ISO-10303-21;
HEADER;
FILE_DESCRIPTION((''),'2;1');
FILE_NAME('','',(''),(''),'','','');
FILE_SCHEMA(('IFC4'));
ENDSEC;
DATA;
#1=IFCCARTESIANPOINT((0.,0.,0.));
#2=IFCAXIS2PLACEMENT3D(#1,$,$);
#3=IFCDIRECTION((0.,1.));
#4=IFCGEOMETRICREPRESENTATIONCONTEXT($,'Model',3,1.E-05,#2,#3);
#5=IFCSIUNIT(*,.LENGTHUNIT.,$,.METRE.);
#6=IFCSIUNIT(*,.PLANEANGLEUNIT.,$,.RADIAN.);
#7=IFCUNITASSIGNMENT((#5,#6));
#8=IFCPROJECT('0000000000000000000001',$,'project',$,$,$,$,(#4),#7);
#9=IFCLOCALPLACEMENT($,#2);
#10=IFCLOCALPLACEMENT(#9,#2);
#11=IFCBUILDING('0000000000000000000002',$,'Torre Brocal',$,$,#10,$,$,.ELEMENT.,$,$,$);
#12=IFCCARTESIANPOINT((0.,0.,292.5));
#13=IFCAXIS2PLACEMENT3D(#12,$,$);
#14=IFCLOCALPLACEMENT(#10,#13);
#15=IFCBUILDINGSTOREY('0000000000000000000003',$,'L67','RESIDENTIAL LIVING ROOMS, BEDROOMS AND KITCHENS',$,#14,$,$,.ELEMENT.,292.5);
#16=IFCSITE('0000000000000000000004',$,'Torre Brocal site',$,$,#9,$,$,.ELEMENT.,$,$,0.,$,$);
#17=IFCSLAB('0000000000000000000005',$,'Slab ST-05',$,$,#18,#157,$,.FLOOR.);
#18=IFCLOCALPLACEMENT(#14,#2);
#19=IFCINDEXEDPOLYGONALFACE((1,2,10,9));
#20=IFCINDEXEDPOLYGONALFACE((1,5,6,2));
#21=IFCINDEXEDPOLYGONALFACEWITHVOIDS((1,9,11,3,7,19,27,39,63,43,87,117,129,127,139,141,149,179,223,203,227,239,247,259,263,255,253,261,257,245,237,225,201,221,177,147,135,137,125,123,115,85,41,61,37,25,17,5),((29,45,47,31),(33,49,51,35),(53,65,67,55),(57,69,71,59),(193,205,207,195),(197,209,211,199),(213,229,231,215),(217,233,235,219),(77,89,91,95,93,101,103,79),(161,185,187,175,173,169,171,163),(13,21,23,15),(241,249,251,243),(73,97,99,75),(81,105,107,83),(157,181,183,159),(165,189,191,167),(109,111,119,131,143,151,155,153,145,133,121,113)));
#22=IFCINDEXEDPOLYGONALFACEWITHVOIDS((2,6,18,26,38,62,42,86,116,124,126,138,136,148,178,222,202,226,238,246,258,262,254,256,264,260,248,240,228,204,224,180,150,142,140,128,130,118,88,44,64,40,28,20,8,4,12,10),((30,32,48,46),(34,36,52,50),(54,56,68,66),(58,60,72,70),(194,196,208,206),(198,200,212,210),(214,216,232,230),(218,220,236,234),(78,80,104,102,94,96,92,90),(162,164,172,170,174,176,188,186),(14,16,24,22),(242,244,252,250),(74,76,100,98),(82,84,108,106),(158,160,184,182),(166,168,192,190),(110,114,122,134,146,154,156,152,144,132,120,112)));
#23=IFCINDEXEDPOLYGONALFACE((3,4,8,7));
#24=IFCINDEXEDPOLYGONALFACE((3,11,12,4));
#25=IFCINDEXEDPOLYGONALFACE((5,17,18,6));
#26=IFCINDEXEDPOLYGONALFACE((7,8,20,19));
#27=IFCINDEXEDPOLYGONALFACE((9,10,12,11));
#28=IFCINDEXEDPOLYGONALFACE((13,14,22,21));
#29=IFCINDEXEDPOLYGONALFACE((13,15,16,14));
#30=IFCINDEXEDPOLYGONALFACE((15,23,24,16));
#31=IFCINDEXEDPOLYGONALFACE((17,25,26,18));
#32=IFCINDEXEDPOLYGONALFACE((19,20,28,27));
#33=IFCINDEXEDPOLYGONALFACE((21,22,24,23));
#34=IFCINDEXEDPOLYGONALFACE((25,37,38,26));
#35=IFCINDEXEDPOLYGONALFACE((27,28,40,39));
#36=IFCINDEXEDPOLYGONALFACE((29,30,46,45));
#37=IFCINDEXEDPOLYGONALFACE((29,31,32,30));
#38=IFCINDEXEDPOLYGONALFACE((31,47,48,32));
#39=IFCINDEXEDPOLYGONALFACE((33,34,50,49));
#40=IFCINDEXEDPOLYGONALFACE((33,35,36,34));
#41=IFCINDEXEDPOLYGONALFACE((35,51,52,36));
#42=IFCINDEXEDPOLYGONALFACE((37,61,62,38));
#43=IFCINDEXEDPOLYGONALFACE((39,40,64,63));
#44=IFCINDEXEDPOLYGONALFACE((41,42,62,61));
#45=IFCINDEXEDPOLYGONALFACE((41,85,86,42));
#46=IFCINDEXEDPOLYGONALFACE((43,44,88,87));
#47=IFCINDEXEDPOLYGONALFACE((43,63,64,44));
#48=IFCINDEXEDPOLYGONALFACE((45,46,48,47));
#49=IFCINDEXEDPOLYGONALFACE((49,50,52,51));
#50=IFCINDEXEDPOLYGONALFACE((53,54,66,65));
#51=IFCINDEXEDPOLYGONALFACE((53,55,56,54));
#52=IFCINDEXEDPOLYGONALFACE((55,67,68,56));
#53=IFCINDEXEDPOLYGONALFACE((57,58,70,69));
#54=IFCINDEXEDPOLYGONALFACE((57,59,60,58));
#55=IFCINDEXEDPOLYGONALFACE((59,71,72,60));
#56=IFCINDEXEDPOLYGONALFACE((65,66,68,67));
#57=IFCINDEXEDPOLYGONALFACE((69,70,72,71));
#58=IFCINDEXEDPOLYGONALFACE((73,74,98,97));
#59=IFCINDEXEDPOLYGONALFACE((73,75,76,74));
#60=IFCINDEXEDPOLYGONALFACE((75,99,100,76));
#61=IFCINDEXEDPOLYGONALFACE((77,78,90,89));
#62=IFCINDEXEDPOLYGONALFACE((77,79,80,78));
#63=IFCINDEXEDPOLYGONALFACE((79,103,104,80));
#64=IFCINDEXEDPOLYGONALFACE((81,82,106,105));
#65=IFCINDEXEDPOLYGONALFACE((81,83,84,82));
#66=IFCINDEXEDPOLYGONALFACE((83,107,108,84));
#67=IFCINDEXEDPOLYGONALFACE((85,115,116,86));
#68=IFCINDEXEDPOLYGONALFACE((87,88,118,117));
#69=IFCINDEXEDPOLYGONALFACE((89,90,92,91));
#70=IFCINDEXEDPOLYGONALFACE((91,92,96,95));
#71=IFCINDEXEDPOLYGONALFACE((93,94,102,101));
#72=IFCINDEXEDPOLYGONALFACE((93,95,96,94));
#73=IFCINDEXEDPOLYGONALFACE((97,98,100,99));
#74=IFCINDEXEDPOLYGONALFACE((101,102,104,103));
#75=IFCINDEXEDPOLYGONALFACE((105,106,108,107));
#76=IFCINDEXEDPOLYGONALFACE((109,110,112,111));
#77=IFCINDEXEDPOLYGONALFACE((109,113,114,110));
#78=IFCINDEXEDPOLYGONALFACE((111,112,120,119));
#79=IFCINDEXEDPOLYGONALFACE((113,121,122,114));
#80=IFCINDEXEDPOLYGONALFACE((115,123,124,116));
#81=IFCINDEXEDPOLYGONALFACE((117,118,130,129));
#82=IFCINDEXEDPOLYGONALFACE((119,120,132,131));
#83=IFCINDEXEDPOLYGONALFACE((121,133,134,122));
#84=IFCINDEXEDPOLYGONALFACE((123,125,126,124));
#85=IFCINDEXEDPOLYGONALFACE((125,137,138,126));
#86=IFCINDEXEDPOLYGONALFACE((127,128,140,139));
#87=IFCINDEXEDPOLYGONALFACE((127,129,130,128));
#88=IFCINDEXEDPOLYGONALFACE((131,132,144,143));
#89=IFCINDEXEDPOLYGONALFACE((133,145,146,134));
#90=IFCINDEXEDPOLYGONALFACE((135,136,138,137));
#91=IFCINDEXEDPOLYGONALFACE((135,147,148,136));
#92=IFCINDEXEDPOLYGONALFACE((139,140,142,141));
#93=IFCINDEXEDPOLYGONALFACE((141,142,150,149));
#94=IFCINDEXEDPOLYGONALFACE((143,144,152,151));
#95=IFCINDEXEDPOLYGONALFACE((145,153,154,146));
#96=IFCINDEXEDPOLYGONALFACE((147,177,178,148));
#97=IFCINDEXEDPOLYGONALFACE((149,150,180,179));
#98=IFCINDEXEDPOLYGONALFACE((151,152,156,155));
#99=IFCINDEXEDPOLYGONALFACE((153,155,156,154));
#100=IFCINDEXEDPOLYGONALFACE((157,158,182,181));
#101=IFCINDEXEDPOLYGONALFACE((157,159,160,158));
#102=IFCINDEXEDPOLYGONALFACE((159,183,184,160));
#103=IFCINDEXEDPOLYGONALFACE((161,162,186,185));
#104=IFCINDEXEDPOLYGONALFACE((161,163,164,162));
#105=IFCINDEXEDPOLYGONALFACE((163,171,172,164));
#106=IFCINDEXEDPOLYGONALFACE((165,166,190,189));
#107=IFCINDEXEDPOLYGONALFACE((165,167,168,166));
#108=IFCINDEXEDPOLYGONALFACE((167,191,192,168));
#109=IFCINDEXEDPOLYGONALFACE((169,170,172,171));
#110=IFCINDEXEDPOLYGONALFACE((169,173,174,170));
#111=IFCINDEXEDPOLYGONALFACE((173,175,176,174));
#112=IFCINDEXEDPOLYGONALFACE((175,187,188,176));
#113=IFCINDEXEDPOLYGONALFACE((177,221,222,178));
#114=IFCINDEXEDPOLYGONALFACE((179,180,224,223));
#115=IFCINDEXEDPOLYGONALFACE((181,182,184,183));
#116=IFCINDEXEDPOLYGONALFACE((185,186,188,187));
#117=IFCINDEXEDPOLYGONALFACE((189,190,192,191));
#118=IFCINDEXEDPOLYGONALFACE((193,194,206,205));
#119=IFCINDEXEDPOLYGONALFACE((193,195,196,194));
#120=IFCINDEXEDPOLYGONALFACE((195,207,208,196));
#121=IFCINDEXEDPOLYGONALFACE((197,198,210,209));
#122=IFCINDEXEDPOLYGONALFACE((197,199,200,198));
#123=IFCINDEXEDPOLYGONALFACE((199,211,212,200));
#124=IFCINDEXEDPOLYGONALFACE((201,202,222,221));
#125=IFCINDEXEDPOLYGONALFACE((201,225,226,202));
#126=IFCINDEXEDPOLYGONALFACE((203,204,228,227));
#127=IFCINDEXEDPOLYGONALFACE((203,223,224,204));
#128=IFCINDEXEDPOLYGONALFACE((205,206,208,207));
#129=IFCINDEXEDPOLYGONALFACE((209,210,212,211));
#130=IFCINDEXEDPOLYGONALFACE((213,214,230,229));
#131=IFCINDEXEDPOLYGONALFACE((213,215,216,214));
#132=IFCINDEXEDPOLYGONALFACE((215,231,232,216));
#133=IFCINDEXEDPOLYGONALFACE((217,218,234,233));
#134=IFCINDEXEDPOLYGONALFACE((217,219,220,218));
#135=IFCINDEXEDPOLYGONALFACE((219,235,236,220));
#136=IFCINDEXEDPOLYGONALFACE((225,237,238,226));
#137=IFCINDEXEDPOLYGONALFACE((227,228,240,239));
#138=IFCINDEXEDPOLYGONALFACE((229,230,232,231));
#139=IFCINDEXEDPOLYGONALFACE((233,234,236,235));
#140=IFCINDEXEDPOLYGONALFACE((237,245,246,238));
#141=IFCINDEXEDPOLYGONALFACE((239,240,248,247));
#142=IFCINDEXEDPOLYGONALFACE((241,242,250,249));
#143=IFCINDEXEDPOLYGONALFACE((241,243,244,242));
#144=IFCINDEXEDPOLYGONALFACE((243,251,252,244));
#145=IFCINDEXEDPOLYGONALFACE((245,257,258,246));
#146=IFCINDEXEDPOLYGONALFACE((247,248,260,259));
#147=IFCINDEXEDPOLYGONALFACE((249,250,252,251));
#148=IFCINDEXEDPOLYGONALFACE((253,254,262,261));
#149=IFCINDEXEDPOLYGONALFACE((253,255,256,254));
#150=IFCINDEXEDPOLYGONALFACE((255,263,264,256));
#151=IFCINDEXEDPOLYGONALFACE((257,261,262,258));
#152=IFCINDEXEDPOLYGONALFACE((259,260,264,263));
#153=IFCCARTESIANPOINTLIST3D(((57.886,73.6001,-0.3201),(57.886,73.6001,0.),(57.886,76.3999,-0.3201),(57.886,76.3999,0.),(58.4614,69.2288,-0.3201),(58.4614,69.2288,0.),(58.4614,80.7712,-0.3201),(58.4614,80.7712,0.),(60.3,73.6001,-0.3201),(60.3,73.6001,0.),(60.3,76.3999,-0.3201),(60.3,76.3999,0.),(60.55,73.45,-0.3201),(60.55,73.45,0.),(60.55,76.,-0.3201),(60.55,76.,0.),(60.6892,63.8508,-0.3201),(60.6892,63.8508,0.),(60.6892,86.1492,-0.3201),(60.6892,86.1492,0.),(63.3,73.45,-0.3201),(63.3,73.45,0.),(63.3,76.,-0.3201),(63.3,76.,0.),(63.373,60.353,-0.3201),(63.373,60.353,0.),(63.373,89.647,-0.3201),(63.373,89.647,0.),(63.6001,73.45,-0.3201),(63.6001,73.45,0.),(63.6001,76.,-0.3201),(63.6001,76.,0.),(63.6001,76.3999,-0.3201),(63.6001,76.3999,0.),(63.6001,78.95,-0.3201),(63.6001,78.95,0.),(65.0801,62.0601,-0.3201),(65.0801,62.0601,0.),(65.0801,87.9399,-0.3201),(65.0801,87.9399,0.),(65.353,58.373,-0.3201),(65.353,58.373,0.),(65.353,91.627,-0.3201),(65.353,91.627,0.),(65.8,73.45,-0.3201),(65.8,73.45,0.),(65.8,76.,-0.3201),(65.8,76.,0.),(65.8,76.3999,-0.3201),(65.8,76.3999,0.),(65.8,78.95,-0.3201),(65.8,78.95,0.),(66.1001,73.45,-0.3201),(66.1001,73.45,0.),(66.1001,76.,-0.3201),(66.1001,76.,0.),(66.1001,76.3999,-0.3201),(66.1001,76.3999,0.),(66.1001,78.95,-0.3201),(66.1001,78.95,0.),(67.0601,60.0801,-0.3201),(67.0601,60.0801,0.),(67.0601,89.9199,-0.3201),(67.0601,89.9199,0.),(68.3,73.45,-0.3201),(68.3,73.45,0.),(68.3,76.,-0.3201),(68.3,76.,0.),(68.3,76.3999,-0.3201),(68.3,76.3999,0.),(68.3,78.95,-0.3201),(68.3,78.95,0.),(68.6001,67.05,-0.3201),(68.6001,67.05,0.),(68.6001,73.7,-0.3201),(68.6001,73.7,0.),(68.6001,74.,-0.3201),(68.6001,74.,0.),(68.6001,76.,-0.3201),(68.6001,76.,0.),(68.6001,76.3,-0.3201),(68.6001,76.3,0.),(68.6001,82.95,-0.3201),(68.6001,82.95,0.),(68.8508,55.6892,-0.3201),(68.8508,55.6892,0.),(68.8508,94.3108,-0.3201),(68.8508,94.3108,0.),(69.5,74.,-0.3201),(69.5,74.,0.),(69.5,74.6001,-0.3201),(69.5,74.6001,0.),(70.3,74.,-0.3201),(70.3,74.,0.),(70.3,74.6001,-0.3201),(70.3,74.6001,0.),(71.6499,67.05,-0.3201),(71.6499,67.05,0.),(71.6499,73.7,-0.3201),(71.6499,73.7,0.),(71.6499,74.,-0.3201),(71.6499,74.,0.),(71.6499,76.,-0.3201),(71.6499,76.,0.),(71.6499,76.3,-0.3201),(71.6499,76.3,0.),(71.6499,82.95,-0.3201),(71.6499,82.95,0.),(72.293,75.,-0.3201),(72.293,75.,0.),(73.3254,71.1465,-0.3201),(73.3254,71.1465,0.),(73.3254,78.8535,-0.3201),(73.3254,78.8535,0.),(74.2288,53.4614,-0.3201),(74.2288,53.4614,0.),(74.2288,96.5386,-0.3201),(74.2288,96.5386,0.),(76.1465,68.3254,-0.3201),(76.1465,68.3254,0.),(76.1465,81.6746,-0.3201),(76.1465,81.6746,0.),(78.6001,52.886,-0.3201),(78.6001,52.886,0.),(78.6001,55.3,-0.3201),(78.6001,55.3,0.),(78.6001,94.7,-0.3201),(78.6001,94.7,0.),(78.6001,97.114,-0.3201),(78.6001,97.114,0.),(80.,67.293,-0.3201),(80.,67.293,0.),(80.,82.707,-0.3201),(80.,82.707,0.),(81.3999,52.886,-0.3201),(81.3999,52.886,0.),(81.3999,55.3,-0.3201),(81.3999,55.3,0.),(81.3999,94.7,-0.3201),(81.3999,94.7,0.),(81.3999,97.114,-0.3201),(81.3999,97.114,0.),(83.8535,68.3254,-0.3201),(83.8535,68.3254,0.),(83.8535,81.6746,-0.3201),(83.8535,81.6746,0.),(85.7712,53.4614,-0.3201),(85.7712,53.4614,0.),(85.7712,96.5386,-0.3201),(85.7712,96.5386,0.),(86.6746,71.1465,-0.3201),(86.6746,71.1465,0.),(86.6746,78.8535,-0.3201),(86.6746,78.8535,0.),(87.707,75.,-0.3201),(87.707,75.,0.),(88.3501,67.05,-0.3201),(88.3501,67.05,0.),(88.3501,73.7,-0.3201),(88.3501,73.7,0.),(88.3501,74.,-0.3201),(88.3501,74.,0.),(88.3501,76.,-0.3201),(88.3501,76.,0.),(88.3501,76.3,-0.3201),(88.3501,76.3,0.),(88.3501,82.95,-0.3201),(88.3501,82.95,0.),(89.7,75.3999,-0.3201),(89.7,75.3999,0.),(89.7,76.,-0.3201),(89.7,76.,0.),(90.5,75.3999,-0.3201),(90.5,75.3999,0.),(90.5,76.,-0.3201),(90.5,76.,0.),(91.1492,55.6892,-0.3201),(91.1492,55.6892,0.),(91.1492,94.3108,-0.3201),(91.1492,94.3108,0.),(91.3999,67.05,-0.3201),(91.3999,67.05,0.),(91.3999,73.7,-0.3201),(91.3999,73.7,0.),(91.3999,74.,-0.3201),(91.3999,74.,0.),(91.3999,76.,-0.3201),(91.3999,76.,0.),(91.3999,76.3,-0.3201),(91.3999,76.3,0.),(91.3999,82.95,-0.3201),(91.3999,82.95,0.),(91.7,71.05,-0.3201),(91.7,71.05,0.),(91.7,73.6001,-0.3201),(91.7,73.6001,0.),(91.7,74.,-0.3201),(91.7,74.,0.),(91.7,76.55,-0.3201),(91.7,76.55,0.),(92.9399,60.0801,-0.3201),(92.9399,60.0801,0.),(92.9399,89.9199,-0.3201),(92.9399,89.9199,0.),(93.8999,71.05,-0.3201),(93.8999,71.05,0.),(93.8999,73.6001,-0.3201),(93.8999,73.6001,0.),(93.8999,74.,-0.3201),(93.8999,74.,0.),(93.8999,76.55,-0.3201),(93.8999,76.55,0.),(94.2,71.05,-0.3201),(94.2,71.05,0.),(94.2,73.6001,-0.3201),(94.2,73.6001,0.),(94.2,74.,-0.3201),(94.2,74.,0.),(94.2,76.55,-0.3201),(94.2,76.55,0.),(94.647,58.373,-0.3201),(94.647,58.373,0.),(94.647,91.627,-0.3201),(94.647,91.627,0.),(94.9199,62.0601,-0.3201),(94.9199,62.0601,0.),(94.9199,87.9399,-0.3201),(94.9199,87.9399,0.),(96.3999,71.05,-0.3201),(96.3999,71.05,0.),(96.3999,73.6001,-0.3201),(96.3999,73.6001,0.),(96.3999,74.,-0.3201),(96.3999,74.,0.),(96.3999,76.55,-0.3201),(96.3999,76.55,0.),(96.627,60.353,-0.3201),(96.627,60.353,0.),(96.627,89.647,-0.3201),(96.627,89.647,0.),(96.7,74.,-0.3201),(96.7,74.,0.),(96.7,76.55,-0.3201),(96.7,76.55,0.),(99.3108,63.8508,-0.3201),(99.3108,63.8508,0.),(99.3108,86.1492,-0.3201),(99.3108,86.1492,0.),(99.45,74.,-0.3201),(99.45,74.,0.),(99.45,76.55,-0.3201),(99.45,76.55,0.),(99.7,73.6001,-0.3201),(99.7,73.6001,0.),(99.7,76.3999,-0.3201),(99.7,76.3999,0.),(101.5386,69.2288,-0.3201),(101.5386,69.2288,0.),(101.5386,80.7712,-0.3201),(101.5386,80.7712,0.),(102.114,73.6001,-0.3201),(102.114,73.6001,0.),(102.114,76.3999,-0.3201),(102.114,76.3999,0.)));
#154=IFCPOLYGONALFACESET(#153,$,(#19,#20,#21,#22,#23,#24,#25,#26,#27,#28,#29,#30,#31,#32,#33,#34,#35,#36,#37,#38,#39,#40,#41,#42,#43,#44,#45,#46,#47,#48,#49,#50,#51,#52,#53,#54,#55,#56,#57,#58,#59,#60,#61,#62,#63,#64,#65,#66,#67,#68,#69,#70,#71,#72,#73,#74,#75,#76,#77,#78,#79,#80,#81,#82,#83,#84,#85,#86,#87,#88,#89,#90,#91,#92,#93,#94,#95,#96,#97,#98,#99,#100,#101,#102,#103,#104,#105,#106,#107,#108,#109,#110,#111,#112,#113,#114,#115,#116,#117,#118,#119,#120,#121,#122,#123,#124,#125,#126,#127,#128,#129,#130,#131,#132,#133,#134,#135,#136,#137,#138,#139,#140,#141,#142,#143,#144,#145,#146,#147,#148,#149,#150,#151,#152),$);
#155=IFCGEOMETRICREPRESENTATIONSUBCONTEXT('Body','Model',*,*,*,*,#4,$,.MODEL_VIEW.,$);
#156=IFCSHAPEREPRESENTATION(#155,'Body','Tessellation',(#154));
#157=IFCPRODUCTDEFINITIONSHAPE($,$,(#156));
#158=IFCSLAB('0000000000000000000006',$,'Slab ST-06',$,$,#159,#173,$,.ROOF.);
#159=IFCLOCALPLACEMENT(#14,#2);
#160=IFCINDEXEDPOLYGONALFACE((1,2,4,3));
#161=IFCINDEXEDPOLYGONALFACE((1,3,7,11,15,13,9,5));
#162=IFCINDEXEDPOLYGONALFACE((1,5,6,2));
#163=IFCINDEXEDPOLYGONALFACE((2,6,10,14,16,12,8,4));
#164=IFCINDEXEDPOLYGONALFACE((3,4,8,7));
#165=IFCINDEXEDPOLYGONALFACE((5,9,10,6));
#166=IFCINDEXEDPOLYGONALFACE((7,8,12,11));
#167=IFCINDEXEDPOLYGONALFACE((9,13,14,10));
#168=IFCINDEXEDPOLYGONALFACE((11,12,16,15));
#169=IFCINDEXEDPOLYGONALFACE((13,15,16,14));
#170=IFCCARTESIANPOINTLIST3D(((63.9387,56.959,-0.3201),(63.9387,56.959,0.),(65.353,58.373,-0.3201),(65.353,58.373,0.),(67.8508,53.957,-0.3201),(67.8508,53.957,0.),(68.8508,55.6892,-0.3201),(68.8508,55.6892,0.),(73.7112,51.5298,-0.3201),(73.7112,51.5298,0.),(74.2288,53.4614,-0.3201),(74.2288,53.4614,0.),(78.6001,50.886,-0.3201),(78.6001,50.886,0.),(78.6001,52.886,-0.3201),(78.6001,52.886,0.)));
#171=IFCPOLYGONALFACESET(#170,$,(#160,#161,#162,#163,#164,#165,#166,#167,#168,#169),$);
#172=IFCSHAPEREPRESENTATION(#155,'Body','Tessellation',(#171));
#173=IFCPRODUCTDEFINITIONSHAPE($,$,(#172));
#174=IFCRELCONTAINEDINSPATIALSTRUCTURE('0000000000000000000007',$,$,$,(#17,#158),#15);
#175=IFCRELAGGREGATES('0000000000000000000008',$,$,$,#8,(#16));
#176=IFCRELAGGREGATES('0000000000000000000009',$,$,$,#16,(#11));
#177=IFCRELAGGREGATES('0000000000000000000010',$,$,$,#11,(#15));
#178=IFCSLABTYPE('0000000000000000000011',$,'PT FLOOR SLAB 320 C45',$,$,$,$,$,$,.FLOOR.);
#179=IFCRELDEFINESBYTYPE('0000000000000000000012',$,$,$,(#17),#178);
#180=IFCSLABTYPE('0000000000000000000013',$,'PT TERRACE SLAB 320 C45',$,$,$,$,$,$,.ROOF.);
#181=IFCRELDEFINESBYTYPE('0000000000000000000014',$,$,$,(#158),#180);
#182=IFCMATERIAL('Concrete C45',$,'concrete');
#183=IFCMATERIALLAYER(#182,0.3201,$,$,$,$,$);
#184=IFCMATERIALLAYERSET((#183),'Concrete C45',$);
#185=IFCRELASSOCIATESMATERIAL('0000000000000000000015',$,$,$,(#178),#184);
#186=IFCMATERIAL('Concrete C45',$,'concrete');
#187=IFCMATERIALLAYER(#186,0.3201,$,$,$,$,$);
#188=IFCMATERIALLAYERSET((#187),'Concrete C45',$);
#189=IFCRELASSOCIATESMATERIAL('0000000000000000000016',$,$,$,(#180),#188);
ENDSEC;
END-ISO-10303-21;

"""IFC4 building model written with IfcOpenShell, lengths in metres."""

from ifc_helpers import new_model, si_unit, direction, frame, origin, place, context, subcontext, project, spatial, polyline, outline, extrude, material, layer, layer_set, type_object, element, save


model = new_model("IFC4")

# Units and contexts
model_context = context("Model", 3, precision=1e-05, world=origin(), true_north=direction((0.0, 1.0)))
body_context = subcontext(model_context, "Body", "Model", "MODEL_VIEW")
ifc_project = project(units=[si_unit("LENGTHUNIT", "METRE"), si_unit("PLANEANGLEUNIT", "RADIAN")], contexts=[model_context])

# Site, building, storey
site_placement = place(None, origin())
site = spatial("IfcSite", under=ifc_project, at=site_placement, Name="Torre Brocal site", CompositionType="ELEMENT", RefElevation=0.0)
building_placement = place(site_placement, origin())
building = spatial("IfcBuilding", under=site, at=building_placement, Name="Torre Brocal", CompositionType="ELEMENT")
storey_placement = place(building_placement, frame((0.0, 0.0, 292.5)))
storey = spatial("IfcBuildingStorey", under=building, at=storey_placement, Name="L67", Description="RESIDENTIAL LIVING ROOMS, BEDROOMS AND KITCHENS", CompositionType="ELEMENT", Elevation=292.5)

# Slabs
ifc_material_1 = material(Name="Concrete C45", Category="concrete")
ifc_layer_1 = layer(ifc_material_1, 0.3201)
ifc_layer_set_1 = layer_set([ifc_layer_1], Name="Concrete C45")
slab_type_1 = type_object("IfcSlabType", Name="PT FLOOR SLAB 320 C45", PredefinedType="FLOOR", material=ifc_layer_set_1)
slab_1_placement = place(storey_placement, frame((0.0, 0.0, -0.3201)))
element("IfcSlab", 1, at=slab_1_placement, inside=storey, type_object=slab_type_1, Name="Slab ST-05", PredefinedType="FLOOR", context=body_context, shape_type="SweptSolid", body=[
    extrude(outline(polyline([(99.7, 76.3999), (99.7, 73.6001), (102.114, 73.6001), (101.5386, 69.2288), (99.3108, 63.8508), (96.627, 60.353), (94.9199, 62.0601), (92.9399, 60.0801), (94.647, 58.373), (91.1492, 55.6892), (85.7712, 53.4614), (81.3999, 52.886), (81.3999, 55.3), (78.6001, 55.3), (78.6001, 52.886), (74.2288, 53.4614), (68.8508, 55.6892), (65.353, 58.373), (67.0601, 60.0801), (65.0801, 62.0601), (63.373, 60.353), (60.6892, 63.8508), (58.4614, 69.2288), (57.886, 73.6001), (60.3, 73.6001), (60.3, 76.3999), (57.886, 76.3999), (58.4614, 80.7712), (60.6892, 86.1492), (63.373, 89.647), (65.0801, 87.9399), (67.0601, 89.9199), (65.353, 91.627), (68.8508, 94.3108), (74.2288, 96.5386), (78.6001, 97.114), (78.6001, 94.7), (81.3999, 94.7), (81.3999, 97.114), (85.7712, 96.5386), (91.1492, 94.3108), (94.647, 91.627), (92.9399, 89.9199), (94.9199, 87.9399), (96.627, 89.647), (99.3108, 86.1492), (101.5386, 80.7712), (102.114, 76.3999), (99.7, 76.3999)]), holes=[polyline([(99.45, 76.55), (96.7, 76.55), (96.7, 74.0), (99.45, 74.0), (99.45, 76.55)]), polyline([(96.3999, 76.55), (94.2, 76.55), (94.2, 74.0), (96.3999, 74.0), (96.3999, 76.55)]), polyline([(96.3999, 73.6001), (94.2, 73.6001), (94.2, 71.05), (96.3999, 71.05), (96.3999, 73.6001)]), polyline([(93.8999, 76.55), (91.7, 76.55), (91.7, 74.0), (93.8999, 74.0), (93.8999, 76.55)]), polyline([(93.8999, 73.6001), (91.7, 73.6001), (91.7, 71.05), (93.8999, 71.05), (93.8999, 73.6001)]), polyline([(89.7, 76.0), (88.3501, 76.0), (88.3501, 74.0), (91.3999, 74.0), (91.3999, 76.0), (90.5, 76.0), (90.5, 75.3999), (89.7, 75.3999), (89.7, 76.0)]), polyline([(91.3999, 82.95), (88.3501, 82.95), (88.3501, 76.3), (91.3999, 76.3), (91.3999, 82.95)]), polyline([(91.3999, 73.7), (88.3501, 73.7), (88.3501, 67.05), (91.3999, 67.05), (91.3999, 73.7)]), polyline([(80.0, 82.707), (76.1465, 81.6746), (73.3254, 78.8535), (72.293, 75.0), (73.3254, 71.1465), (76.1465, 68.3254), (80.0, 67.293), (83.8535, 68.3254), (86.6746, 71.1465), (87.707, 75.0), (86.6746, 78.8535), (83.8535, 81.6746), (80.0, 82.707)]), polyline([(70.3, 74.0), (71.6499, 74.0), (71.6499, 76.0), (68.6001, 76.0), (68.6001, 74.0), (69.5, 74.0), (69.5, 74.6001), (70.3, 74.6001), (70.3, 74.0)]), polyline([(68.6001, 76.3), (71.6499, 76.3), (71.6499, 82.95), (68.6001, 82.95), (68.6001, 76.3)]), polyline([(68.6001, 67.05), (71.6499, 67.05), (71.6499, 73.7), (68.6001, 73.7), (68.6001, 67.05)]), polyline([(66.1001, 76.3999), (68.3, 76.3999), (68.3, 78.95), (66.1001, 78.95), (66.1001, 76.3999)]), polyline([(66.1001, 73.45), (68.3, 73.45), (68.3, 76.0), (66.1001, 76.0), (66.1001, 73.45)]), polyline([(63.6001, 76.3999), (65.8, 76.3999), (65.8, 78.95), (63.6001, 78.95), (63.6001, 76.3999)]), polyline([(63.6001, 73.45), (65.8, 73.45), (65.8, 76.0), (63.6001, 76.0), (63.6001, 73.45)]), polyline([(60.55, 73.45), (63.3, 73.45), (63.3, 76.0), (60.55, 76.0), (60.55, 73.45)])]), origin(), (0.0, 0.0, 1.0), 0.3201),
])
ifc_material_2 = material(Name="Concrete C45", Category="concrete")
ifc_layer_2 = layer(ifc_material_2, 0.3201)
ifc_layer_set_2 = layer_set([ifc_layer_2], Name="Concrete C45")
slab_type_2 = type_object("IfcSlabType", Name="PT TERRACE SLAB 320 C45", PredefinedType="ROOF", material=ifc_layer_set_2)
slab_2_placement = place(storey_placement, frame((0.0, 0.0, -0.3201)))
element("IfcSlab", 2, at=slab_2_placement, inside=storey, type_object=slab_type_2, Name="Slab ST-06", PredefinedType="ROOF", context=body_context, shape_type="SweptSolid", body=[
    extrude(outline(polyline([(74.2288, 53.4614), (78.6001, 52.886), (78.6001, 50.886), (73.7112, 51.5298), (67.8508, 53.957), (63.9387, 56.959), (65.353, 58.373), (68.8508, 55.6892), (74.2288, 53.4614)])), origin(), (0.0, 0.0, 1.0), 0.3201),
])

save(model, "model.ifc")
